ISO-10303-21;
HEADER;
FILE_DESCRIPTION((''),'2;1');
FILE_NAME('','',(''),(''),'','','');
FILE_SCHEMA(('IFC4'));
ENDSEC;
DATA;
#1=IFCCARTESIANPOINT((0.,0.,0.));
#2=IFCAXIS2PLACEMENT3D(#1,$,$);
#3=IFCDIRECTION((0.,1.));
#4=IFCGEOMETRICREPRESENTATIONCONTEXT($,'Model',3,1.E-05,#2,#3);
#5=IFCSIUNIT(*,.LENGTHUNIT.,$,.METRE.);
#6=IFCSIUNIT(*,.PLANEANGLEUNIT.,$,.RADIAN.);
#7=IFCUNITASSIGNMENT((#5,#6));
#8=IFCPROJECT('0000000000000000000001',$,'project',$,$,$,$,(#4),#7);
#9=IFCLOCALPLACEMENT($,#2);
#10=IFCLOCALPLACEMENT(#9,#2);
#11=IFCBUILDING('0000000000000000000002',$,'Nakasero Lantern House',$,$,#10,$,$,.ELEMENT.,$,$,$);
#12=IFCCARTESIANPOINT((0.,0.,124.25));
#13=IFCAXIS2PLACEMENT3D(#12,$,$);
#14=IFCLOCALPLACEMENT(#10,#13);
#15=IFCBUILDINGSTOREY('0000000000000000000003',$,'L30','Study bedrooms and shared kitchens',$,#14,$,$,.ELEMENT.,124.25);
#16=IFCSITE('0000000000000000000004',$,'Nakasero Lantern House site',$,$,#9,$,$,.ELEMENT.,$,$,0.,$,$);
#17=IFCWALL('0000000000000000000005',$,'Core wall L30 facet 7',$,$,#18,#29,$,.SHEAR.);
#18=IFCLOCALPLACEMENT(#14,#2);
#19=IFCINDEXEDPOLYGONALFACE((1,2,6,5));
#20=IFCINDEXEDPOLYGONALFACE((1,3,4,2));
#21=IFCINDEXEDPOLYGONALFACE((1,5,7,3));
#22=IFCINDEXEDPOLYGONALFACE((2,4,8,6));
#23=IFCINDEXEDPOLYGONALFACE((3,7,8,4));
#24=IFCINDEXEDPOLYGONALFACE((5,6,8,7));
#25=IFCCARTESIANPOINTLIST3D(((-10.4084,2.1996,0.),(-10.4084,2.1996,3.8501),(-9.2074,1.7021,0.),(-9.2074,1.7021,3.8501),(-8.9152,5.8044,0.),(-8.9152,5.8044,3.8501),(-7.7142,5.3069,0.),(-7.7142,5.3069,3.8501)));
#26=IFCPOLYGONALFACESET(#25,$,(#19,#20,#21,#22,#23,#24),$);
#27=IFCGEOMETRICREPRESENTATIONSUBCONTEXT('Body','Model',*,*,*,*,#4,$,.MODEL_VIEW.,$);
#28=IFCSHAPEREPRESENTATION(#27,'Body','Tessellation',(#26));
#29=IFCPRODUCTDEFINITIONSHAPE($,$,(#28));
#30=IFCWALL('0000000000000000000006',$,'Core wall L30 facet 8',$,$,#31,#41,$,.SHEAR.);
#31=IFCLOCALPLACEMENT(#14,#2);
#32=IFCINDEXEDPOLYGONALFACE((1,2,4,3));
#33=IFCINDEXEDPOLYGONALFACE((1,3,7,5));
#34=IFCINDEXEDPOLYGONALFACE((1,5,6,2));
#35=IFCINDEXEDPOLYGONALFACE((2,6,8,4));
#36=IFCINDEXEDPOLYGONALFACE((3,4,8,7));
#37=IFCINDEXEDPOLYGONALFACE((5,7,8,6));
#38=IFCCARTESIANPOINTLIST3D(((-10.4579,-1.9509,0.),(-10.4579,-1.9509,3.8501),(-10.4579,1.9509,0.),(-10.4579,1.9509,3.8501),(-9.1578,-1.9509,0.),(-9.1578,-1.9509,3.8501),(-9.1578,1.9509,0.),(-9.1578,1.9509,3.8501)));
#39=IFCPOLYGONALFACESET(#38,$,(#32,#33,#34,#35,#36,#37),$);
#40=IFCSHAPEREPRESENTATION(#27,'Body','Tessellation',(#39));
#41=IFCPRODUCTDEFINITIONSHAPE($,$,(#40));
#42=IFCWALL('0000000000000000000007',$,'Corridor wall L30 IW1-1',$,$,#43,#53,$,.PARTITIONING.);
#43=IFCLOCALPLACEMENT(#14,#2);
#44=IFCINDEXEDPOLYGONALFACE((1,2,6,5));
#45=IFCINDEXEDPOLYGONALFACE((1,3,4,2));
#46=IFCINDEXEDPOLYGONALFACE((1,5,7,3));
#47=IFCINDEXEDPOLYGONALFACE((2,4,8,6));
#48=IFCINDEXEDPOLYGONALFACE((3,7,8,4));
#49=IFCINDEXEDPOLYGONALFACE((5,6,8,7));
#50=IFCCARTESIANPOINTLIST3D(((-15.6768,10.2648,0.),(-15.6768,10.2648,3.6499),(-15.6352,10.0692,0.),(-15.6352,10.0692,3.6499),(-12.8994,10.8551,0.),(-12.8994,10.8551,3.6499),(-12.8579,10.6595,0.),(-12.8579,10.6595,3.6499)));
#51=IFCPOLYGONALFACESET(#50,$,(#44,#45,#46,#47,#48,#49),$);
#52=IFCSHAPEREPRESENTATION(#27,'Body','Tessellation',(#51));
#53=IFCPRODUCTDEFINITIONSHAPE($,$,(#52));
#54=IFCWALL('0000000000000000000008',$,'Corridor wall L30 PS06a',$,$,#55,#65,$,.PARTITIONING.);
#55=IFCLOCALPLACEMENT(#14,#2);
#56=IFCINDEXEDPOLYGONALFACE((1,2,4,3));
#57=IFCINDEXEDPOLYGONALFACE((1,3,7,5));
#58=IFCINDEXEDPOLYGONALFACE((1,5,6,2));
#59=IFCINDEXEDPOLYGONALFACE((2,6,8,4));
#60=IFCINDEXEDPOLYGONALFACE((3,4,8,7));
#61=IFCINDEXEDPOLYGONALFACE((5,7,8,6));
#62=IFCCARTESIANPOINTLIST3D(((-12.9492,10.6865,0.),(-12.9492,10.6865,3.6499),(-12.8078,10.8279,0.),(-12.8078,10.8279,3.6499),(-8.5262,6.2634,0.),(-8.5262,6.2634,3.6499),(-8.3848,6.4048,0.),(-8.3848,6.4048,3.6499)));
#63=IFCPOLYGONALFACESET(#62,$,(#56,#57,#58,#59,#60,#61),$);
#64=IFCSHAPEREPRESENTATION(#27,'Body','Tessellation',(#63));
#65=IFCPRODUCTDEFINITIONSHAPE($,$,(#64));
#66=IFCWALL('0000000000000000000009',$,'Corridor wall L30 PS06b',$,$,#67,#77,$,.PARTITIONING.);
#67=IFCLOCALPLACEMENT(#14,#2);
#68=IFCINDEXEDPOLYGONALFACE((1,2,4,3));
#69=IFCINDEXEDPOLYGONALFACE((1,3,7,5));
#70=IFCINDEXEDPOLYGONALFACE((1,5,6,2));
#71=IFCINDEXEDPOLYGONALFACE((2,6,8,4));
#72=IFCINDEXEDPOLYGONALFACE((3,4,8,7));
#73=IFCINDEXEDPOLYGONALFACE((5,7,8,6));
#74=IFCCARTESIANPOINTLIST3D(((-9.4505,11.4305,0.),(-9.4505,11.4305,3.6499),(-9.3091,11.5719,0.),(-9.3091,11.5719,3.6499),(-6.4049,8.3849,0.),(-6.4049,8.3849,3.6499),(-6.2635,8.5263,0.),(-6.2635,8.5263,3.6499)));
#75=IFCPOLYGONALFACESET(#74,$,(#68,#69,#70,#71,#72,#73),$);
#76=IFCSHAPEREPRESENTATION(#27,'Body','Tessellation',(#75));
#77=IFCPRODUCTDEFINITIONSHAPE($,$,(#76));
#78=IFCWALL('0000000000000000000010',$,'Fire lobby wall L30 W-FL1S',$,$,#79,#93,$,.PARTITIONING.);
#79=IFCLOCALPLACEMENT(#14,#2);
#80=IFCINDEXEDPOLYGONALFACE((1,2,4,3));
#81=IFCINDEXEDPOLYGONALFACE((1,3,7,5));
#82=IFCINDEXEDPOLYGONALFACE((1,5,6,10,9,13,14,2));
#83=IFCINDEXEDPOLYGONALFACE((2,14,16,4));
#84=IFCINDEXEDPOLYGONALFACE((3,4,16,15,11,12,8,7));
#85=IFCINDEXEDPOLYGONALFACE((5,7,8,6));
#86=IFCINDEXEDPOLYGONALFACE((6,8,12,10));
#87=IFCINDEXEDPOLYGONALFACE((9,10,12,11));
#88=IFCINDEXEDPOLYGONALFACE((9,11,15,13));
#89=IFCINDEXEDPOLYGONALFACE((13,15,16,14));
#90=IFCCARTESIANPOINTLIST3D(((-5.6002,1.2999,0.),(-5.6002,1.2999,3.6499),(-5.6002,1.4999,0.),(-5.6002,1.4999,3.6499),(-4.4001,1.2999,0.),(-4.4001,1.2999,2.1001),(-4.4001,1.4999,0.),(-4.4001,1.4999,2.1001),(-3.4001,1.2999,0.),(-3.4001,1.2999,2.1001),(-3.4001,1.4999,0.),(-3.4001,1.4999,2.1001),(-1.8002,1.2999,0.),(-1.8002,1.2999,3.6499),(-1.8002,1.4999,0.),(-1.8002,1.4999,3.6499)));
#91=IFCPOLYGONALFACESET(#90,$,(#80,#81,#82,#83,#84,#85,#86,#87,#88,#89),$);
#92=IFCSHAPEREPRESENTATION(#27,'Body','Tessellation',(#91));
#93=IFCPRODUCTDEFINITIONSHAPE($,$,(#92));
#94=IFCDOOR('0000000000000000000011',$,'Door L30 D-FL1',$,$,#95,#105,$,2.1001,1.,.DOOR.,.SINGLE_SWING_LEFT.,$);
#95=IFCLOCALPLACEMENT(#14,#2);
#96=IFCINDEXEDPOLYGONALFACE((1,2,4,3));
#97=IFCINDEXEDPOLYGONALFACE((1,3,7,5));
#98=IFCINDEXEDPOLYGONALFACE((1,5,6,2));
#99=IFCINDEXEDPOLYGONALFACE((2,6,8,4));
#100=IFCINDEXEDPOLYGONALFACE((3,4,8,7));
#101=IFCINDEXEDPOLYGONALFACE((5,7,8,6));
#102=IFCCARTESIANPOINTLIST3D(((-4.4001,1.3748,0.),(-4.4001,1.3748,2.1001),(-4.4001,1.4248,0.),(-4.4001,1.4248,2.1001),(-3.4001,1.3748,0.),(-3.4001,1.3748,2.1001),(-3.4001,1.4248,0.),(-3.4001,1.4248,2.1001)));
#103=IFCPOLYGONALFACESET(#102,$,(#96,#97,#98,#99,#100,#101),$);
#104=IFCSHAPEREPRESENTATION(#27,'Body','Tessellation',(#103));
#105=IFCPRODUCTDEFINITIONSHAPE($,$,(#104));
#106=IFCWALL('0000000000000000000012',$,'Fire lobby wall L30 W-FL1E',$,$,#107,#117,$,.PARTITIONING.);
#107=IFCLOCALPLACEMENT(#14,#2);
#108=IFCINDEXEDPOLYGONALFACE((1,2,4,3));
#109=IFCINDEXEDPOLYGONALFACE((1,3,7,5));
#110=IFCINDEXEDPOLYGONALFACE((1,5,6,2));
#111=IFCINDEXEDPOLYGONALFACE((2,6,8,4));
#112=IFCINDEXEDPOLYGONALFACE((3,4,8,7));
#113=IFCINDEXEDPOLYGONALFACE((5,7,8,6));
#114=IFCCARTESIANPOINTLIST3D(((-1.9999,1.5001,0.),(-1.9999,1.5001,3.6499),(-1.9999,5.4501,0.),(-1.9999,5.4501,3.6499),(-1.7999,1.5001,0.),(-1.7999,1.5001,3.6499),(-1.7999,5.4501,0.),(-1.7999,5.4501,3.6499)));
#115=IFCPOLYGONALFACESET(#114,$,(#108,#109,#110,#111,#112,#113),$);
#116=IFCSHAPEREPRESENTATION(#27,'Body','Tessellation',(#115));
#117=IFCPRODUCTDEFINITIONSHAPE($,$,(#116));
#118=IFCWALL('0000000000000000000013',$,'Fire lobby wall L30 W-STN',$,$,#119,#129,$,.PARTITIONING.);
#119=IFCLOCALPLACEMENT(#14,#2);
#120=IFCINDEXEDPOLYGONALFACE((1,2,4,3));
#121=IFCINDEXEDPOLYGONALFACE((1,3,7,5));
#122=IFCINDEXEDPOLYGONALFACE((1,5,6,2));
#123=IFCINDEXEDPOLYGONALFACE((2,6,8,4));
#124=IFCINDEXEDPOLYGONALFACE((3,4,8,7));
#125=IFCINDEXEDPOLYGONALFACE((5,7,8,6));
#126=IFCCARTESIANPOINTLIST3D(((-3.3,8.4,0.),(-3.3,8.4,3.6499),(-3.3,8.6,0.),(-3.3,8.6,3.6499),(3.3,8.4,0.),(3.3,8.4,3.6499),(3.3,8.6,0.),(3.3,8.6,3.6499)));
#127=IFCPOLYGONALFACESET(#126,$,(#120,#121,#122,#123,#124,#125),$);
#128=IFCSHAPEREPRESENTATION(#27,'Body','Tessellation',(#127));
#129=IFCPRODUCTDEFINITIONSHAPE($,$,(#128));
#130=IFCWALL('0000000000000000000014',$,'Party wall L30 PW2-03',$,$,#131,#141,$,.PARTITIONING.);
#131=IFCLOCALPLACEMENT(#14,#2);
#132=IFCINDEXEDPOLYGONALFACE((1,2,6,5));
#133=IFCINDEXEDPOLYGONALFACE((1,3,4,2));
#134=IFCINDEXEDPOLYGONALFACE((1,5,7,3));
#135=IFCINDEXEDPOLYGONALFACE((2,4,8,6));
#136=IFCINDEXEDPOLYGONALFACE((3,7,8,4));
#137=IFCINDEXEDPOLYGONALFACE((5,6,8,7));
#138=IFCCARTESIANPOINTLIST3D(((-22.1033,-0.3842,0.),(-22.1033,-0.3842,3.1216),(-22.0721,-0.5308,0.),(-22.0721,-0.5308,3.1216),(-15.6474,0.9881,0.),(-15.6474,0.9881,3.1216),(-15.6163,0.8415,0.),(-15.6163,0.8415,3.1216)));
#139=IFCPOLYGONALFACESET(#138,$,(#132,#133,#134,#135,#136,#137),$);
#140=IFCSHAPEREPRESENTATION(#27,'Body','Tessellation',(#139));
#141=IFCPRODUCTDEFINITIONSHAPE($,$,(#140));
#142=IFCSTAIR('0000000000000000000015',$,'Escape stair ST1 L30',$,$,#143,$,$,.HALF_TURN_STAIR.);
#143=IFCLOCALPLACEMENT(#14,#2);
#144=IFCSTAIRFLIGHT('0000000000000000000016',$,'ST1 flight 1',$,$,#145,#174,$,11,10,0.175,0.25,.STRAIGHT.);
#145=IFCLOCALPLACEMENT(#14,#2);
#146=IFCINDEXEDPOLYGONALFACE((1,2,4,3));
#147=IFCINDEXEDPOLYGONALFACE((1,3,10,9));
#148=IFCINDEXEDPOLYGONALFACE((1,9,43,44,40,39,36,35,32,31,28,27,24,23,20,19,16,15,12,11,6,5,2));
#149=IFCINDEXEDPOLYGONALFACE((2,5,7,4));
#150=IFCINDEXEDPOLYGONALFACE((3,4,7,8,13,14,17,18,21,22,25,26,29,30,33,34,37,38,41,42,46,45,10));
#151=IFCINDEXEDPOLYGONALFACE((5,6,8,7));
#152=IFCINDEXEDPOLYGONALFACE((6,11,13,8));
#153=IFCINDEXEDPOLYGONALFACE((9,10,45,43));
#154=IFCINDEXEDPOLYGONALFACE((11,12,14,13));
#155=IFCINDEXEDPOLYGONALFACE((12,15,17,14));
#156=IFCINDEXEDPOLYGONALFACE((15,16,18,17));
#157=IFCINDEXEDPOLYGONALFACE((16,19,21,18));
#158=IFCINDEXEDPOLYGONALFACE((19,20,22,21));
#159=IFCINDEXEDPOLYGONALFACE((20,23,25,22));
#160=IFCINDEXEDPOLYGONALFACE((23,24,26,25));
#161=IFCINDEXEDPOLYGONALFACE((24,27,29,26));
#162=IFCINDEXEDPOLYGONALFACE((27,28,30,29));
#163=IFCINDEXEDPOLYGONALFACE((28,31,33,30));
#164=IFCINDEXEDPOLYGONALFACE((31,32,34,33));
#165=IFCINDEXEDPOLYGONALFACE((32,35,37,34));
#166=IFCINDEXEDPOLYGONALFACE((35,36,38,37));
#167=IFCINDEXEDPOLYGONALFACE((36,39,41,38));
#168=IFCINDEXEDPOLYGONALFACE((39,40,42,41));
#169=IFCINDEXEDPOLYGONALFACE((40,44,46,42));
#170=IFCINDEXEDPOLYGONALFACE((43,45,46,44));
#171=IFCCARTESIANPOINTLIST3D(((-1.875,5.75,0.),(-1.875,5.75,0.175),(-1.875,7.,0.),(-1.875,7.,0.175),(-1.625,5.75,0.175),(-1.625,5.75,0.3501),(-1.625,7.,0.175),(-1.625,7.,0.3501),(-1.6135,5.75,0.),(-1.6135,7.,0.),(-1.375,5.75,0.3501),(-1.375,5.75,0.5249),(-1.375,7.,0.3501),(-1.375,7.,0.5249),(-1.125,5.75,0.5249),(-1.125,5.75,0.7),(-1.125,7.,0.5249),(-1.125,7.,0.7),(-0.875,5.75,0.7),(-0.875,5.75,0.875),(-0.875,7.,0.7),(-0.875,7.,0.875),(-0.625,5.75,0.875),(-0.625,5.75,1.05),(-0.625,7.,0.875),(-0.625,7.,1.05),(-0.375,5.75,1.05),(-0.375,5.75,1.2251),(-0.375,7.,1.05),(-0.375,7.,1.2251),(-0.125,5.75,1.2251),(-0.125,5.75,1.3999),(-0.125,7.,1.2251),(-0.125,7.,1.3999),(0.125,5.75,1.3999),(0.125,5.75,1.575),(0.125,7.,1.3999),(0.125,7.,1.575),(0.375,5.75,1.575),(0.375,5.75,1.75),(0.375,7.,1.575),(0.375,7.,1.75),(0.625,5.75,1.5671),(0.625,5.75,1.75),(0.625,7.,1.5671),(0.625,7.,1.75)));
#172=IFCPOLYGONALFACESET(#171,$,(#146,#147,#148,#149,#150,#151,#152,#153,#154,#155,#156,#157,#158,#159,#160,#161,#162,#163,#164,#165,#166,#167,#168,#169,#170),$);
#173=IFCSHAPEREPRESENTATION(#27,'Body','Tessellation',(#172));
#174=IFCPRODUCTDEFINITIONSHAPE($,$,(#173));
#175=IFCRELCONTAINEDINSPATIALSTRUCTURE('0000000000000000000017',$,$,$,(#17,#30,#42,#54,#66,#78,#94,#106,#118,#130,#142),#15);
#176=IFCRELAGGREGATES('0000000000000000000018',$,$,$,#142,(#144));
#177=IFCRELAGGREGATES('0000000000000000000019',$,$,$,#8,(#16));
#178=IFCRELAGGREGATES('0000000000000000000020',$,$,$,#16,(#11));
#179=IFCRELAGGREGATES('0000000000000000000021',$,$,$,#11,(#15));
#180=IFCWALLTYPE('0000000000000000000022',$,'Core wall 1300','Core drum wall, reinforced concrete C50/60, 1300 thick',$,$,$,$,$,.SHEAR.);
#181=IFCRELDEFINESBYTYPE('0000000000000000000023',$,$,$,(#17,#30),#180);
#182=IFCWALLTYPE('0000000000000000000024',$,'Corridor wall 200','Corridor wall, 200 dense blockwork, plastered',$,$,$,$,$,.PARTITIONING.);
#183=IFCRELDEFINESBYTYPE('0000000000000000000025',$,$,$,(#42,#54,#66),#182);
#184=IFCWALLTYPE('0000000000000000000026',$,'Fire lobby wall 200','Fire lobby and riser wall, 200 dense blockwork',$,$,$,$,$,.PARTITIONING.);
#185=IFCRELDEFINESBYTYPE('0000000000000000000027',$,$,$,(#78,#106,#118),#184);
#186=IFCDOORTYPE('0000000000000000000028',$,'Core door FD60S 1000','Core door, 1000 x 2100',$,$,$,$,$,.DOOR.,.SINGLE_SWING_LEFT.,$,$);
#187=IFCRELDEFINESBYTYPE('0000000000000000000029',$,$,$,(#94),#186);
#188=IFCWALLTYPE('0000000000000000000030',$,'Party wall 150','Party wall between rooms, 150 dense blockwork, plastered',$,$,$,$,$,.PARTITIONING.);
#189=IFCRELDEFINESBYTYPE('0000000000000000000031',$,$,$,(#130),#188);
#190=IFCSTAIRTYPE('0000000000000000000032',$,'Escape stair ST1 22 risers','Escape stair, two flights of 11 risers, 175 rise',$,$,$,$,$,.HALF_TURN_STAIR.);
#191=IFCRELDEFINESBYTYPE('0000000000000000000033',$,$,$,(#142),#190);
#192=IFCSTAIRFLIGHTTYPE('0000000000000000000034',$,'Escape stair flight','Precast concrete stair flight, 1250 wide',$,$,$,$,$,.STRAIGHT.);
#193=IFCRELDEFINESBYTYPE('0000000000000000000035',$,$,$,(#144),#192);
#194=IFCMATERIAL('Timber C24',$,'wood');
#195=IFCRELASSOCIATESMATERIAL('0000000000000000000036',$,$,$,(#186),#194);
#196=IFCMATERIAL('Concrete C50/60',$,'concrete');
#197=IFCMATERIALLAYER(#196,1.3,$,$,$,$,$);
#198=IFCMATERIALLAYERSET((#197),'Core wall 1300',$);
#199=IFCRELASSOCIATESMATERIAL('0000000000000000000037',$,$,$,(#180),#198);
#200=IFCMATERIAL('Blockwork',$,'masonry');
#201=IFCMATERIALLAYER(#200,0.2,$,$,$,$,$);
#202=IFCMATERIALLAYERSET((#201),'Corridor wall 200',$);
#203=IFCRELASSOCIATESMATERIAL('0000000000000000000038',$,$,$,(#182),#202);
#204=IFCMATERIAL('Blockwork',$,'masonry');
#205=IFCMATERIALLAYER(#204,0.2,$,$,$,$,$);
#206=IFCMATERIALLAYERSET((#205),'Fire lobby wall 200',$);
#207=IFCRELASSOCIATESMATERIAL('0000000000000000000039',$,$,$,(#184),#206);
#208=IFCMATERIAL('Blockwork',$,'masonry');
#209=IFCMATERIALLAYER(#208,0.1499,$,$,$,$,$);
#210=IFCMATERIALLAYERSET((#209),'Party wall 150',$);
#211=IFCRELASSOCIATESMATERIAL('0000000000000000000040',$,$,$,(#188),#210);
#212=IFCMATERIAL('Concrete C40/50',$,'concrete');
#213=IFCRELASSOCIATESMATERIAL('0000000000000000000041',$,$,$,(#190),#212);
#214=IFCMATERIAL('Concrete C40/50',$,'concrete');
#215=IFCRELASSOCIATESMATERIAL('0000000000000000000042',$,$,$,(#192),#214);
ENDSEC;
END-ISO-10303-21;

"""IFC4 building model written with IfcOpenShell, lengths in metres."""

from ifc_helpers import new_model, si_unit, direction, frame, frame_2d, origin, place, context, subcontext, project, spatial, polyline, rectangle, outline, extrude, material, layer, layer_set, type_object, element, fill, aggregate, save


model = new_model("IFC4")

# Units and contexts
model_context = context("Model", 3, precision=1e-05, world=origin(), true_north=direction((0.0, 1.0)))
body_context = subcontext(model_context, "Body", "Model", "MODEL_VIEW")
ifc_project = project(units=[si_unit("LENGTHUNIT", "METRE"), si_unit("PLANEANGLEUNIT", "RADIAN")], contexts=[model_context])

# Site, building, storey
site_placement = place(None, origin())
site = spatial("IfcSite", under=ifc_project, at=site_placement, Name="Nakasero Lantern House site", CompositionType="ELEMENT", RefElevation=0.0)
building_placement = place(site_placement, origin())
building = spatial("IfcBuilding", under=site, at=building_placement, Name="Nakasero Lantern House", CompositionType="ELEMENT")
storey_placement = place(building_placement, frame((0.0, 0.0, 124.25)))
storey = spatial("IfcBuildingStorey", under=building, at=storey_placement, Name="L30", Description="Study bedrooms and shared kitchens", CompositionType="ELEMENT", Elevation=124.25)

# Shared definitions
ifc_material_1 = material(Name="Timber C24", Category="wood")
door_type = type_object("IfcDoorType", Name="Core door FD60S 1000", Description="Core door, 1000 x 2100", OperationType="SINGLE_SWING_LEFT", PredefinedType="DOOR", material=ifc_material_1)

# Shared definitions
ifc_material_2 = material(Name="Concrete C50/60", Category="concrete")
ifc_layer_1 = layer(ifc_material_2, 1.3)
ifc_layer_set_1 = layer_set([ifc_layer_1], Name="Core wall 1300")
wall_type_1 = type_object("IfcWallType", Name="Core wall 1300", Description="Core drum wall, reinforced concrete C50/60, 1300 thick", PredefinedType="SHEAR", material=ifc_layer_set_1)

# Walls
for number, where, z_axis, x_axis, name in (
    (1, (-8.3147, 5.5557, 0.0), (0.0, 0.0, 1.0), (-0.382691, -0.923877, 0.0), "Core wall L30 facet 7"),
    (2, (-9.8079, 1.9509, 0.0), (0.0, 0.0, 1.0), (0.0, -1.0, 0.0), "Core wall L30 facet 8"),
):
    element("IfcWall", number, at=place(storey_placement, frame(where, z_axis=z_axis, x_axis=x_axis)), inside=storey, type_object=wall_type_1, Name=name, PredefinedType="SHEAR", context=body_context, shape_type="SweptSolid", body=[
        extrude(rectangle(XDim=3.9019, YDim=1.3, at=frame_2d((1.9509, 0.0))), origin(), (0.0, 0.0, 1.0), 3.8501),
    ])
ifc_material_3 = material(Name="Blockwork", Category="masonry")
ifc_layer_2 = layer(ifc_material_3, 0.2)
ifc_layer_set_2 = layer_set([ifc_layer_2], Name="Corridor wall 200")
wall_type_2 = type_object("IfcWallType", Name="Corridor wall 200", Description="Corridor wall, 200 dense blockwork, plastered", PredefinedType="PARTITIONING", material=ifc_layer_set_2)
wall_1_placement = place(storey_placement, frame((-12.8787, 10.7573, 0.0), z_axis=(0.0, 0.0, 1.0), x_axis=(-0.978148, -0.207908, 0.0)))
element("IfcWall", 3, at=wall_1_placement, inside=storey, type_object=wall_type_2, Name="Corridor wall L30 IW1-1", PredefinedType="PARTITIONING", context=body_context, shape_type="SweptSolid", body=[
    extrude(rectangle(XDim=2.8394, YDim=0.2, at=frame_2d((1.4197, 0.0))), origin(), (0.0, 0.0, 1.0), 3.6499),
])
wall_2_placement = place(storey_placement, frame((-8.4556, 6.3342, 0.0), z_axis=(0.0, 0.0, 1.0), x_axis=(-0.707107, 0.707107, 0.0)))
element("IfcWall", 4, at=wall_2_placement, inside=storey, type_object=wall_type_2, Name="Corridor wall L30 PS06a", PredefinedType="PARTITIONING", context=body_context, shape_type="SweptSolid", body=[
    extrude(rectangle(XDim=6.2551, YDim=0.2, at=frame_2d((3.1274, 0.0))), origin(), (0.0, 0.0, 1.0), 3.6499),
])
wall_3_placement = place(storey_placement, frame((-6.3342, 8.4556, 0.0), z_axis=(0.0, 0.0, 1.0), x_axis=(-0.707107, 0.707107, 0.0)))
element("IfcWall", 5, at=wall_3_placement, inside=storey, type_object=wall_type_2, Name="Corridor wall L30 PS06b", PredefinedType="PARTITIONING", context=body_context, shape_type="SweptSolid", body=[
    extrude(rectangle(XDim=4.3071, YDim=0.2, at=frame_2d((2.1536, 0.0))), origin(), (0.0, 0.0, 1.0), 3.6499),
])

# Wall, opening, door
ifc_material_4 = material(Name="Blockwork", Category="masonry")
ifc_layer_3 = layer(ifc_material_4, 0.2)
ifc_layer_set_3 = layer_set([ifc_layer_3], Name="Fire lobby wall 200")
wall_type_3 = type_object("IfcWallType", Name="Fire lobby wall 200", Description="Fire lobby and riser wall, 200 dense blockwork", PredefinedType="PARTITIONING", material=ifc_layer_set_3)
wall_4_placement = place(storey_placement, frame((-5.6001, 1.3999, 0.0), z_axis=(0.0, 0.0, 1.0), x_axis=(1.0, 0.0, 0.0)))
wall_4 = element("IfcWall", 6, at=wall_4_placement, inside=storey, type_object=wall_type_3, Name="Fire lobby wall L30 W-FL1S", PredefinedType="PARTITIONING", context=body_context, shape_type="SweptSolid", body=[
    extrude(rectangle(XDim=3.8, YDim=0.2, at=frame_2d((1.8999, 0.0))), origin(), (0.0, 0.0, 1.0), 3.6499),
])
opening_1_placement = place(wall_4_placement, frame((1.2, 0.0, 0.0)))
opening_1 = element("IfcOpeningElement", 7, at=opening_1_placement, cuts=wall_4, PredefinedType="OPENING", context=body_context, shape_type="SweptSolid", body=[
    extrude(rectangle(XDim=1.0, YDim=2.1001, at=frame_2d((0.5, 1.05))), frame((0.0, 0.1199, 0.0), z_axis=(0.0, -1.0, 0.0), x_axis=(1.0, 0.0, 0.0)), (0.0, 0.0, 1.0), 0.24),
])
door_1_placement = place(opening_1_placement, origin())
door_1 = element("IfcDoor", 8, at=door_1_placement, inside=storey, type_object=door_type, Name="Door L30 D-FL1", OperationType="SINGLE_SWING_LEFT", OverallHeight=2.1001, OverallWidth=1.0, PredefinedType="DOOR", context=body_context, shape_type="SweptSolid", body=[
    extrude(rectangle(XDim=1.0, YDim=2.1001, at=frame_2d((0.5, 1.05))), frame((0.0, 0.0249, 0.0), z_axis=(0.0, -1.0, 0.0), x_axis=(1.0, 0.0, 0.0)), (0.0, 0.0, 1.0), 0.05),
])
fill(opening_1, door_1)

# Walls
wall_5_placement = place(storey_placement, frame((-1.8999, 1.5, 0.0), z_axis=(0.0, 0.0, 1.0), x_axis=(0.0, 1.0, 0.0)))
element("IfcWall", 9, at=wall_5_placement, inside=storey, type_object=wall_type_3, Name="Fire lobby wall L30 W-FL1E", PredefinedType="PARTITIONING", context=body_context, shape_type="SweptSolid", body=[
    extrude(rectangle(XDim=3.95, YDim=0.2, at=frame_2d((1.9751, 0.0))), origin(), (0.0, 0.0, 1.0), 3.6499),
])
wall_6_placement = place(storey_placement, frame((-3.3, 8.5, 0.0), z_axis=(0.0, 0.0, 1.0), x_axis=(1.0, 0.0, 0.0)))
element("IfcWall", 10, at=wall_6_placement, inside=storey, type_object=wall_type_3, Name="Fire lobby wall L30 W-STN", PredefinedType="PARTITIONING", context=body_context, shape_type="SweptSolid", body=[
    extrude(rectangle(XDim=6.6001, YDim=0.2, at=frame_2d((3.3, 0.0))), origin(), (0.0, 0.0, 1.0), 3.6499),
])
ifc_material_5 = material(Name="Blockwork", Category="masonry")
ifc_layer_4 = layer(ifc_material_5, 0.1499)
ifc_layer_set_4 = layer_set([ifc_layer_4], Name="Party wall 150")
wall_type_4 = type_object("IfcWallType", Name="Party wall 150", Description="Party wall between rooms, 150 dense blockwork, plastered", PredefinedType="PARTITIONING", material=ifc_layer_set_4)
wall_7_placement = place(storey_placement, frame((-15.6318, 0.9148, 0.0), z_axis=(0.0, 0.0, 1.0), x_axis=(-0.978145, -0.207925, 0.0)))
element("IfcWall", 11, at=wall_7_placement, inside=storey, type_object=wall_type_4, Name="Party wall L30 PW2-03", PredefinedType="PARTITIONING", context=body_context, shape_type="SweptSolid", body=[
    extrude(rectangle(XDim=6.6001, YDim=0.1499, at=frame_2d((3.3, 0.0))), origin(), (0.0, 0.0, 1.0), 3.1216),
])

# Stair, stair flight
ifc_material_6 = material(Name="Concrete C40/50", Category="concrete")
stair_type = type_object("IfcStairType", Name="Escape stair ST1 22 risers", Description="Escape stair, two flights of 11 risers, 175 rise", PredefinedType="HALF_TURN_STAIR", material=ifc_material_6)
stair_placement = place(storey_placement, origin())
stair = element("IfcStair", 12, at=stair_placement, inside=storey, type_object=stair_type, Name="Escape stair ST1 L30", PredefinedType="HALF_TURN_STAIR")
ifc_material_7 = material(Name="Concrete C40/50", Category="concrete")
stair_flight_type = type_object("IfcStairFlightType", Name="Escape stair flight", Description="Precast concrete stair flight, 1250 wide", PredefinedType="STRAIGHT", material=ifc_material_7)
stair_flight_placement = place(storey_placement, frame((-1.875, 6.375, 0.0), z_axis=(0.0, 0.0, 1.0), x_axis=(1.0, 0.0, 0.0)))
stair_flight = element("IfcStairFlight", 13, at=stair_flight_placement, type_object=stair_flight_type, Name="ST1 flight 1", NumberOfRisers=11, NumberOfTreads=10, PredefinedType="STRAIGHT", RiserHeight=0.175, TreadLength=0.25, context=body_context, shape_type="SweptSolid", body=[
    extrude(outline(polyline([(0.0, 0.0), (0.0, 0.175), (0.25, 0.175), (0.25, 0.3501), (0.5, 0.3501), (0.5, 0.5249), (0.75, 0.5249), (0.75, 0.7), (1.0, 0.7), (1.0, 0.875), (1.25, 0.875), (1.25, 1.05), (1.5, 1.05), (1.5, 1.2251), (1.75, 1.2251), (1.75, 1.3999), (2.0, 1.3999), (2.0, 1.575), (2.25, 1.575), (2.25, 1.75), (2.5, 1.75), (2.5, 1.925), (2.5, 1.5671), (0.2615, 0.0), (0.0, 0.0)])), frame((0.0, 0.625, 0.0), z_axis=(0.0, -1.0, 0.0), x_axis=(1.0, 0.0, 0.0)), (0.0, 0.0, 1.0), 1.25),
])
aggregate(stair, [stair_flight])

save(model, "model.ifc")
